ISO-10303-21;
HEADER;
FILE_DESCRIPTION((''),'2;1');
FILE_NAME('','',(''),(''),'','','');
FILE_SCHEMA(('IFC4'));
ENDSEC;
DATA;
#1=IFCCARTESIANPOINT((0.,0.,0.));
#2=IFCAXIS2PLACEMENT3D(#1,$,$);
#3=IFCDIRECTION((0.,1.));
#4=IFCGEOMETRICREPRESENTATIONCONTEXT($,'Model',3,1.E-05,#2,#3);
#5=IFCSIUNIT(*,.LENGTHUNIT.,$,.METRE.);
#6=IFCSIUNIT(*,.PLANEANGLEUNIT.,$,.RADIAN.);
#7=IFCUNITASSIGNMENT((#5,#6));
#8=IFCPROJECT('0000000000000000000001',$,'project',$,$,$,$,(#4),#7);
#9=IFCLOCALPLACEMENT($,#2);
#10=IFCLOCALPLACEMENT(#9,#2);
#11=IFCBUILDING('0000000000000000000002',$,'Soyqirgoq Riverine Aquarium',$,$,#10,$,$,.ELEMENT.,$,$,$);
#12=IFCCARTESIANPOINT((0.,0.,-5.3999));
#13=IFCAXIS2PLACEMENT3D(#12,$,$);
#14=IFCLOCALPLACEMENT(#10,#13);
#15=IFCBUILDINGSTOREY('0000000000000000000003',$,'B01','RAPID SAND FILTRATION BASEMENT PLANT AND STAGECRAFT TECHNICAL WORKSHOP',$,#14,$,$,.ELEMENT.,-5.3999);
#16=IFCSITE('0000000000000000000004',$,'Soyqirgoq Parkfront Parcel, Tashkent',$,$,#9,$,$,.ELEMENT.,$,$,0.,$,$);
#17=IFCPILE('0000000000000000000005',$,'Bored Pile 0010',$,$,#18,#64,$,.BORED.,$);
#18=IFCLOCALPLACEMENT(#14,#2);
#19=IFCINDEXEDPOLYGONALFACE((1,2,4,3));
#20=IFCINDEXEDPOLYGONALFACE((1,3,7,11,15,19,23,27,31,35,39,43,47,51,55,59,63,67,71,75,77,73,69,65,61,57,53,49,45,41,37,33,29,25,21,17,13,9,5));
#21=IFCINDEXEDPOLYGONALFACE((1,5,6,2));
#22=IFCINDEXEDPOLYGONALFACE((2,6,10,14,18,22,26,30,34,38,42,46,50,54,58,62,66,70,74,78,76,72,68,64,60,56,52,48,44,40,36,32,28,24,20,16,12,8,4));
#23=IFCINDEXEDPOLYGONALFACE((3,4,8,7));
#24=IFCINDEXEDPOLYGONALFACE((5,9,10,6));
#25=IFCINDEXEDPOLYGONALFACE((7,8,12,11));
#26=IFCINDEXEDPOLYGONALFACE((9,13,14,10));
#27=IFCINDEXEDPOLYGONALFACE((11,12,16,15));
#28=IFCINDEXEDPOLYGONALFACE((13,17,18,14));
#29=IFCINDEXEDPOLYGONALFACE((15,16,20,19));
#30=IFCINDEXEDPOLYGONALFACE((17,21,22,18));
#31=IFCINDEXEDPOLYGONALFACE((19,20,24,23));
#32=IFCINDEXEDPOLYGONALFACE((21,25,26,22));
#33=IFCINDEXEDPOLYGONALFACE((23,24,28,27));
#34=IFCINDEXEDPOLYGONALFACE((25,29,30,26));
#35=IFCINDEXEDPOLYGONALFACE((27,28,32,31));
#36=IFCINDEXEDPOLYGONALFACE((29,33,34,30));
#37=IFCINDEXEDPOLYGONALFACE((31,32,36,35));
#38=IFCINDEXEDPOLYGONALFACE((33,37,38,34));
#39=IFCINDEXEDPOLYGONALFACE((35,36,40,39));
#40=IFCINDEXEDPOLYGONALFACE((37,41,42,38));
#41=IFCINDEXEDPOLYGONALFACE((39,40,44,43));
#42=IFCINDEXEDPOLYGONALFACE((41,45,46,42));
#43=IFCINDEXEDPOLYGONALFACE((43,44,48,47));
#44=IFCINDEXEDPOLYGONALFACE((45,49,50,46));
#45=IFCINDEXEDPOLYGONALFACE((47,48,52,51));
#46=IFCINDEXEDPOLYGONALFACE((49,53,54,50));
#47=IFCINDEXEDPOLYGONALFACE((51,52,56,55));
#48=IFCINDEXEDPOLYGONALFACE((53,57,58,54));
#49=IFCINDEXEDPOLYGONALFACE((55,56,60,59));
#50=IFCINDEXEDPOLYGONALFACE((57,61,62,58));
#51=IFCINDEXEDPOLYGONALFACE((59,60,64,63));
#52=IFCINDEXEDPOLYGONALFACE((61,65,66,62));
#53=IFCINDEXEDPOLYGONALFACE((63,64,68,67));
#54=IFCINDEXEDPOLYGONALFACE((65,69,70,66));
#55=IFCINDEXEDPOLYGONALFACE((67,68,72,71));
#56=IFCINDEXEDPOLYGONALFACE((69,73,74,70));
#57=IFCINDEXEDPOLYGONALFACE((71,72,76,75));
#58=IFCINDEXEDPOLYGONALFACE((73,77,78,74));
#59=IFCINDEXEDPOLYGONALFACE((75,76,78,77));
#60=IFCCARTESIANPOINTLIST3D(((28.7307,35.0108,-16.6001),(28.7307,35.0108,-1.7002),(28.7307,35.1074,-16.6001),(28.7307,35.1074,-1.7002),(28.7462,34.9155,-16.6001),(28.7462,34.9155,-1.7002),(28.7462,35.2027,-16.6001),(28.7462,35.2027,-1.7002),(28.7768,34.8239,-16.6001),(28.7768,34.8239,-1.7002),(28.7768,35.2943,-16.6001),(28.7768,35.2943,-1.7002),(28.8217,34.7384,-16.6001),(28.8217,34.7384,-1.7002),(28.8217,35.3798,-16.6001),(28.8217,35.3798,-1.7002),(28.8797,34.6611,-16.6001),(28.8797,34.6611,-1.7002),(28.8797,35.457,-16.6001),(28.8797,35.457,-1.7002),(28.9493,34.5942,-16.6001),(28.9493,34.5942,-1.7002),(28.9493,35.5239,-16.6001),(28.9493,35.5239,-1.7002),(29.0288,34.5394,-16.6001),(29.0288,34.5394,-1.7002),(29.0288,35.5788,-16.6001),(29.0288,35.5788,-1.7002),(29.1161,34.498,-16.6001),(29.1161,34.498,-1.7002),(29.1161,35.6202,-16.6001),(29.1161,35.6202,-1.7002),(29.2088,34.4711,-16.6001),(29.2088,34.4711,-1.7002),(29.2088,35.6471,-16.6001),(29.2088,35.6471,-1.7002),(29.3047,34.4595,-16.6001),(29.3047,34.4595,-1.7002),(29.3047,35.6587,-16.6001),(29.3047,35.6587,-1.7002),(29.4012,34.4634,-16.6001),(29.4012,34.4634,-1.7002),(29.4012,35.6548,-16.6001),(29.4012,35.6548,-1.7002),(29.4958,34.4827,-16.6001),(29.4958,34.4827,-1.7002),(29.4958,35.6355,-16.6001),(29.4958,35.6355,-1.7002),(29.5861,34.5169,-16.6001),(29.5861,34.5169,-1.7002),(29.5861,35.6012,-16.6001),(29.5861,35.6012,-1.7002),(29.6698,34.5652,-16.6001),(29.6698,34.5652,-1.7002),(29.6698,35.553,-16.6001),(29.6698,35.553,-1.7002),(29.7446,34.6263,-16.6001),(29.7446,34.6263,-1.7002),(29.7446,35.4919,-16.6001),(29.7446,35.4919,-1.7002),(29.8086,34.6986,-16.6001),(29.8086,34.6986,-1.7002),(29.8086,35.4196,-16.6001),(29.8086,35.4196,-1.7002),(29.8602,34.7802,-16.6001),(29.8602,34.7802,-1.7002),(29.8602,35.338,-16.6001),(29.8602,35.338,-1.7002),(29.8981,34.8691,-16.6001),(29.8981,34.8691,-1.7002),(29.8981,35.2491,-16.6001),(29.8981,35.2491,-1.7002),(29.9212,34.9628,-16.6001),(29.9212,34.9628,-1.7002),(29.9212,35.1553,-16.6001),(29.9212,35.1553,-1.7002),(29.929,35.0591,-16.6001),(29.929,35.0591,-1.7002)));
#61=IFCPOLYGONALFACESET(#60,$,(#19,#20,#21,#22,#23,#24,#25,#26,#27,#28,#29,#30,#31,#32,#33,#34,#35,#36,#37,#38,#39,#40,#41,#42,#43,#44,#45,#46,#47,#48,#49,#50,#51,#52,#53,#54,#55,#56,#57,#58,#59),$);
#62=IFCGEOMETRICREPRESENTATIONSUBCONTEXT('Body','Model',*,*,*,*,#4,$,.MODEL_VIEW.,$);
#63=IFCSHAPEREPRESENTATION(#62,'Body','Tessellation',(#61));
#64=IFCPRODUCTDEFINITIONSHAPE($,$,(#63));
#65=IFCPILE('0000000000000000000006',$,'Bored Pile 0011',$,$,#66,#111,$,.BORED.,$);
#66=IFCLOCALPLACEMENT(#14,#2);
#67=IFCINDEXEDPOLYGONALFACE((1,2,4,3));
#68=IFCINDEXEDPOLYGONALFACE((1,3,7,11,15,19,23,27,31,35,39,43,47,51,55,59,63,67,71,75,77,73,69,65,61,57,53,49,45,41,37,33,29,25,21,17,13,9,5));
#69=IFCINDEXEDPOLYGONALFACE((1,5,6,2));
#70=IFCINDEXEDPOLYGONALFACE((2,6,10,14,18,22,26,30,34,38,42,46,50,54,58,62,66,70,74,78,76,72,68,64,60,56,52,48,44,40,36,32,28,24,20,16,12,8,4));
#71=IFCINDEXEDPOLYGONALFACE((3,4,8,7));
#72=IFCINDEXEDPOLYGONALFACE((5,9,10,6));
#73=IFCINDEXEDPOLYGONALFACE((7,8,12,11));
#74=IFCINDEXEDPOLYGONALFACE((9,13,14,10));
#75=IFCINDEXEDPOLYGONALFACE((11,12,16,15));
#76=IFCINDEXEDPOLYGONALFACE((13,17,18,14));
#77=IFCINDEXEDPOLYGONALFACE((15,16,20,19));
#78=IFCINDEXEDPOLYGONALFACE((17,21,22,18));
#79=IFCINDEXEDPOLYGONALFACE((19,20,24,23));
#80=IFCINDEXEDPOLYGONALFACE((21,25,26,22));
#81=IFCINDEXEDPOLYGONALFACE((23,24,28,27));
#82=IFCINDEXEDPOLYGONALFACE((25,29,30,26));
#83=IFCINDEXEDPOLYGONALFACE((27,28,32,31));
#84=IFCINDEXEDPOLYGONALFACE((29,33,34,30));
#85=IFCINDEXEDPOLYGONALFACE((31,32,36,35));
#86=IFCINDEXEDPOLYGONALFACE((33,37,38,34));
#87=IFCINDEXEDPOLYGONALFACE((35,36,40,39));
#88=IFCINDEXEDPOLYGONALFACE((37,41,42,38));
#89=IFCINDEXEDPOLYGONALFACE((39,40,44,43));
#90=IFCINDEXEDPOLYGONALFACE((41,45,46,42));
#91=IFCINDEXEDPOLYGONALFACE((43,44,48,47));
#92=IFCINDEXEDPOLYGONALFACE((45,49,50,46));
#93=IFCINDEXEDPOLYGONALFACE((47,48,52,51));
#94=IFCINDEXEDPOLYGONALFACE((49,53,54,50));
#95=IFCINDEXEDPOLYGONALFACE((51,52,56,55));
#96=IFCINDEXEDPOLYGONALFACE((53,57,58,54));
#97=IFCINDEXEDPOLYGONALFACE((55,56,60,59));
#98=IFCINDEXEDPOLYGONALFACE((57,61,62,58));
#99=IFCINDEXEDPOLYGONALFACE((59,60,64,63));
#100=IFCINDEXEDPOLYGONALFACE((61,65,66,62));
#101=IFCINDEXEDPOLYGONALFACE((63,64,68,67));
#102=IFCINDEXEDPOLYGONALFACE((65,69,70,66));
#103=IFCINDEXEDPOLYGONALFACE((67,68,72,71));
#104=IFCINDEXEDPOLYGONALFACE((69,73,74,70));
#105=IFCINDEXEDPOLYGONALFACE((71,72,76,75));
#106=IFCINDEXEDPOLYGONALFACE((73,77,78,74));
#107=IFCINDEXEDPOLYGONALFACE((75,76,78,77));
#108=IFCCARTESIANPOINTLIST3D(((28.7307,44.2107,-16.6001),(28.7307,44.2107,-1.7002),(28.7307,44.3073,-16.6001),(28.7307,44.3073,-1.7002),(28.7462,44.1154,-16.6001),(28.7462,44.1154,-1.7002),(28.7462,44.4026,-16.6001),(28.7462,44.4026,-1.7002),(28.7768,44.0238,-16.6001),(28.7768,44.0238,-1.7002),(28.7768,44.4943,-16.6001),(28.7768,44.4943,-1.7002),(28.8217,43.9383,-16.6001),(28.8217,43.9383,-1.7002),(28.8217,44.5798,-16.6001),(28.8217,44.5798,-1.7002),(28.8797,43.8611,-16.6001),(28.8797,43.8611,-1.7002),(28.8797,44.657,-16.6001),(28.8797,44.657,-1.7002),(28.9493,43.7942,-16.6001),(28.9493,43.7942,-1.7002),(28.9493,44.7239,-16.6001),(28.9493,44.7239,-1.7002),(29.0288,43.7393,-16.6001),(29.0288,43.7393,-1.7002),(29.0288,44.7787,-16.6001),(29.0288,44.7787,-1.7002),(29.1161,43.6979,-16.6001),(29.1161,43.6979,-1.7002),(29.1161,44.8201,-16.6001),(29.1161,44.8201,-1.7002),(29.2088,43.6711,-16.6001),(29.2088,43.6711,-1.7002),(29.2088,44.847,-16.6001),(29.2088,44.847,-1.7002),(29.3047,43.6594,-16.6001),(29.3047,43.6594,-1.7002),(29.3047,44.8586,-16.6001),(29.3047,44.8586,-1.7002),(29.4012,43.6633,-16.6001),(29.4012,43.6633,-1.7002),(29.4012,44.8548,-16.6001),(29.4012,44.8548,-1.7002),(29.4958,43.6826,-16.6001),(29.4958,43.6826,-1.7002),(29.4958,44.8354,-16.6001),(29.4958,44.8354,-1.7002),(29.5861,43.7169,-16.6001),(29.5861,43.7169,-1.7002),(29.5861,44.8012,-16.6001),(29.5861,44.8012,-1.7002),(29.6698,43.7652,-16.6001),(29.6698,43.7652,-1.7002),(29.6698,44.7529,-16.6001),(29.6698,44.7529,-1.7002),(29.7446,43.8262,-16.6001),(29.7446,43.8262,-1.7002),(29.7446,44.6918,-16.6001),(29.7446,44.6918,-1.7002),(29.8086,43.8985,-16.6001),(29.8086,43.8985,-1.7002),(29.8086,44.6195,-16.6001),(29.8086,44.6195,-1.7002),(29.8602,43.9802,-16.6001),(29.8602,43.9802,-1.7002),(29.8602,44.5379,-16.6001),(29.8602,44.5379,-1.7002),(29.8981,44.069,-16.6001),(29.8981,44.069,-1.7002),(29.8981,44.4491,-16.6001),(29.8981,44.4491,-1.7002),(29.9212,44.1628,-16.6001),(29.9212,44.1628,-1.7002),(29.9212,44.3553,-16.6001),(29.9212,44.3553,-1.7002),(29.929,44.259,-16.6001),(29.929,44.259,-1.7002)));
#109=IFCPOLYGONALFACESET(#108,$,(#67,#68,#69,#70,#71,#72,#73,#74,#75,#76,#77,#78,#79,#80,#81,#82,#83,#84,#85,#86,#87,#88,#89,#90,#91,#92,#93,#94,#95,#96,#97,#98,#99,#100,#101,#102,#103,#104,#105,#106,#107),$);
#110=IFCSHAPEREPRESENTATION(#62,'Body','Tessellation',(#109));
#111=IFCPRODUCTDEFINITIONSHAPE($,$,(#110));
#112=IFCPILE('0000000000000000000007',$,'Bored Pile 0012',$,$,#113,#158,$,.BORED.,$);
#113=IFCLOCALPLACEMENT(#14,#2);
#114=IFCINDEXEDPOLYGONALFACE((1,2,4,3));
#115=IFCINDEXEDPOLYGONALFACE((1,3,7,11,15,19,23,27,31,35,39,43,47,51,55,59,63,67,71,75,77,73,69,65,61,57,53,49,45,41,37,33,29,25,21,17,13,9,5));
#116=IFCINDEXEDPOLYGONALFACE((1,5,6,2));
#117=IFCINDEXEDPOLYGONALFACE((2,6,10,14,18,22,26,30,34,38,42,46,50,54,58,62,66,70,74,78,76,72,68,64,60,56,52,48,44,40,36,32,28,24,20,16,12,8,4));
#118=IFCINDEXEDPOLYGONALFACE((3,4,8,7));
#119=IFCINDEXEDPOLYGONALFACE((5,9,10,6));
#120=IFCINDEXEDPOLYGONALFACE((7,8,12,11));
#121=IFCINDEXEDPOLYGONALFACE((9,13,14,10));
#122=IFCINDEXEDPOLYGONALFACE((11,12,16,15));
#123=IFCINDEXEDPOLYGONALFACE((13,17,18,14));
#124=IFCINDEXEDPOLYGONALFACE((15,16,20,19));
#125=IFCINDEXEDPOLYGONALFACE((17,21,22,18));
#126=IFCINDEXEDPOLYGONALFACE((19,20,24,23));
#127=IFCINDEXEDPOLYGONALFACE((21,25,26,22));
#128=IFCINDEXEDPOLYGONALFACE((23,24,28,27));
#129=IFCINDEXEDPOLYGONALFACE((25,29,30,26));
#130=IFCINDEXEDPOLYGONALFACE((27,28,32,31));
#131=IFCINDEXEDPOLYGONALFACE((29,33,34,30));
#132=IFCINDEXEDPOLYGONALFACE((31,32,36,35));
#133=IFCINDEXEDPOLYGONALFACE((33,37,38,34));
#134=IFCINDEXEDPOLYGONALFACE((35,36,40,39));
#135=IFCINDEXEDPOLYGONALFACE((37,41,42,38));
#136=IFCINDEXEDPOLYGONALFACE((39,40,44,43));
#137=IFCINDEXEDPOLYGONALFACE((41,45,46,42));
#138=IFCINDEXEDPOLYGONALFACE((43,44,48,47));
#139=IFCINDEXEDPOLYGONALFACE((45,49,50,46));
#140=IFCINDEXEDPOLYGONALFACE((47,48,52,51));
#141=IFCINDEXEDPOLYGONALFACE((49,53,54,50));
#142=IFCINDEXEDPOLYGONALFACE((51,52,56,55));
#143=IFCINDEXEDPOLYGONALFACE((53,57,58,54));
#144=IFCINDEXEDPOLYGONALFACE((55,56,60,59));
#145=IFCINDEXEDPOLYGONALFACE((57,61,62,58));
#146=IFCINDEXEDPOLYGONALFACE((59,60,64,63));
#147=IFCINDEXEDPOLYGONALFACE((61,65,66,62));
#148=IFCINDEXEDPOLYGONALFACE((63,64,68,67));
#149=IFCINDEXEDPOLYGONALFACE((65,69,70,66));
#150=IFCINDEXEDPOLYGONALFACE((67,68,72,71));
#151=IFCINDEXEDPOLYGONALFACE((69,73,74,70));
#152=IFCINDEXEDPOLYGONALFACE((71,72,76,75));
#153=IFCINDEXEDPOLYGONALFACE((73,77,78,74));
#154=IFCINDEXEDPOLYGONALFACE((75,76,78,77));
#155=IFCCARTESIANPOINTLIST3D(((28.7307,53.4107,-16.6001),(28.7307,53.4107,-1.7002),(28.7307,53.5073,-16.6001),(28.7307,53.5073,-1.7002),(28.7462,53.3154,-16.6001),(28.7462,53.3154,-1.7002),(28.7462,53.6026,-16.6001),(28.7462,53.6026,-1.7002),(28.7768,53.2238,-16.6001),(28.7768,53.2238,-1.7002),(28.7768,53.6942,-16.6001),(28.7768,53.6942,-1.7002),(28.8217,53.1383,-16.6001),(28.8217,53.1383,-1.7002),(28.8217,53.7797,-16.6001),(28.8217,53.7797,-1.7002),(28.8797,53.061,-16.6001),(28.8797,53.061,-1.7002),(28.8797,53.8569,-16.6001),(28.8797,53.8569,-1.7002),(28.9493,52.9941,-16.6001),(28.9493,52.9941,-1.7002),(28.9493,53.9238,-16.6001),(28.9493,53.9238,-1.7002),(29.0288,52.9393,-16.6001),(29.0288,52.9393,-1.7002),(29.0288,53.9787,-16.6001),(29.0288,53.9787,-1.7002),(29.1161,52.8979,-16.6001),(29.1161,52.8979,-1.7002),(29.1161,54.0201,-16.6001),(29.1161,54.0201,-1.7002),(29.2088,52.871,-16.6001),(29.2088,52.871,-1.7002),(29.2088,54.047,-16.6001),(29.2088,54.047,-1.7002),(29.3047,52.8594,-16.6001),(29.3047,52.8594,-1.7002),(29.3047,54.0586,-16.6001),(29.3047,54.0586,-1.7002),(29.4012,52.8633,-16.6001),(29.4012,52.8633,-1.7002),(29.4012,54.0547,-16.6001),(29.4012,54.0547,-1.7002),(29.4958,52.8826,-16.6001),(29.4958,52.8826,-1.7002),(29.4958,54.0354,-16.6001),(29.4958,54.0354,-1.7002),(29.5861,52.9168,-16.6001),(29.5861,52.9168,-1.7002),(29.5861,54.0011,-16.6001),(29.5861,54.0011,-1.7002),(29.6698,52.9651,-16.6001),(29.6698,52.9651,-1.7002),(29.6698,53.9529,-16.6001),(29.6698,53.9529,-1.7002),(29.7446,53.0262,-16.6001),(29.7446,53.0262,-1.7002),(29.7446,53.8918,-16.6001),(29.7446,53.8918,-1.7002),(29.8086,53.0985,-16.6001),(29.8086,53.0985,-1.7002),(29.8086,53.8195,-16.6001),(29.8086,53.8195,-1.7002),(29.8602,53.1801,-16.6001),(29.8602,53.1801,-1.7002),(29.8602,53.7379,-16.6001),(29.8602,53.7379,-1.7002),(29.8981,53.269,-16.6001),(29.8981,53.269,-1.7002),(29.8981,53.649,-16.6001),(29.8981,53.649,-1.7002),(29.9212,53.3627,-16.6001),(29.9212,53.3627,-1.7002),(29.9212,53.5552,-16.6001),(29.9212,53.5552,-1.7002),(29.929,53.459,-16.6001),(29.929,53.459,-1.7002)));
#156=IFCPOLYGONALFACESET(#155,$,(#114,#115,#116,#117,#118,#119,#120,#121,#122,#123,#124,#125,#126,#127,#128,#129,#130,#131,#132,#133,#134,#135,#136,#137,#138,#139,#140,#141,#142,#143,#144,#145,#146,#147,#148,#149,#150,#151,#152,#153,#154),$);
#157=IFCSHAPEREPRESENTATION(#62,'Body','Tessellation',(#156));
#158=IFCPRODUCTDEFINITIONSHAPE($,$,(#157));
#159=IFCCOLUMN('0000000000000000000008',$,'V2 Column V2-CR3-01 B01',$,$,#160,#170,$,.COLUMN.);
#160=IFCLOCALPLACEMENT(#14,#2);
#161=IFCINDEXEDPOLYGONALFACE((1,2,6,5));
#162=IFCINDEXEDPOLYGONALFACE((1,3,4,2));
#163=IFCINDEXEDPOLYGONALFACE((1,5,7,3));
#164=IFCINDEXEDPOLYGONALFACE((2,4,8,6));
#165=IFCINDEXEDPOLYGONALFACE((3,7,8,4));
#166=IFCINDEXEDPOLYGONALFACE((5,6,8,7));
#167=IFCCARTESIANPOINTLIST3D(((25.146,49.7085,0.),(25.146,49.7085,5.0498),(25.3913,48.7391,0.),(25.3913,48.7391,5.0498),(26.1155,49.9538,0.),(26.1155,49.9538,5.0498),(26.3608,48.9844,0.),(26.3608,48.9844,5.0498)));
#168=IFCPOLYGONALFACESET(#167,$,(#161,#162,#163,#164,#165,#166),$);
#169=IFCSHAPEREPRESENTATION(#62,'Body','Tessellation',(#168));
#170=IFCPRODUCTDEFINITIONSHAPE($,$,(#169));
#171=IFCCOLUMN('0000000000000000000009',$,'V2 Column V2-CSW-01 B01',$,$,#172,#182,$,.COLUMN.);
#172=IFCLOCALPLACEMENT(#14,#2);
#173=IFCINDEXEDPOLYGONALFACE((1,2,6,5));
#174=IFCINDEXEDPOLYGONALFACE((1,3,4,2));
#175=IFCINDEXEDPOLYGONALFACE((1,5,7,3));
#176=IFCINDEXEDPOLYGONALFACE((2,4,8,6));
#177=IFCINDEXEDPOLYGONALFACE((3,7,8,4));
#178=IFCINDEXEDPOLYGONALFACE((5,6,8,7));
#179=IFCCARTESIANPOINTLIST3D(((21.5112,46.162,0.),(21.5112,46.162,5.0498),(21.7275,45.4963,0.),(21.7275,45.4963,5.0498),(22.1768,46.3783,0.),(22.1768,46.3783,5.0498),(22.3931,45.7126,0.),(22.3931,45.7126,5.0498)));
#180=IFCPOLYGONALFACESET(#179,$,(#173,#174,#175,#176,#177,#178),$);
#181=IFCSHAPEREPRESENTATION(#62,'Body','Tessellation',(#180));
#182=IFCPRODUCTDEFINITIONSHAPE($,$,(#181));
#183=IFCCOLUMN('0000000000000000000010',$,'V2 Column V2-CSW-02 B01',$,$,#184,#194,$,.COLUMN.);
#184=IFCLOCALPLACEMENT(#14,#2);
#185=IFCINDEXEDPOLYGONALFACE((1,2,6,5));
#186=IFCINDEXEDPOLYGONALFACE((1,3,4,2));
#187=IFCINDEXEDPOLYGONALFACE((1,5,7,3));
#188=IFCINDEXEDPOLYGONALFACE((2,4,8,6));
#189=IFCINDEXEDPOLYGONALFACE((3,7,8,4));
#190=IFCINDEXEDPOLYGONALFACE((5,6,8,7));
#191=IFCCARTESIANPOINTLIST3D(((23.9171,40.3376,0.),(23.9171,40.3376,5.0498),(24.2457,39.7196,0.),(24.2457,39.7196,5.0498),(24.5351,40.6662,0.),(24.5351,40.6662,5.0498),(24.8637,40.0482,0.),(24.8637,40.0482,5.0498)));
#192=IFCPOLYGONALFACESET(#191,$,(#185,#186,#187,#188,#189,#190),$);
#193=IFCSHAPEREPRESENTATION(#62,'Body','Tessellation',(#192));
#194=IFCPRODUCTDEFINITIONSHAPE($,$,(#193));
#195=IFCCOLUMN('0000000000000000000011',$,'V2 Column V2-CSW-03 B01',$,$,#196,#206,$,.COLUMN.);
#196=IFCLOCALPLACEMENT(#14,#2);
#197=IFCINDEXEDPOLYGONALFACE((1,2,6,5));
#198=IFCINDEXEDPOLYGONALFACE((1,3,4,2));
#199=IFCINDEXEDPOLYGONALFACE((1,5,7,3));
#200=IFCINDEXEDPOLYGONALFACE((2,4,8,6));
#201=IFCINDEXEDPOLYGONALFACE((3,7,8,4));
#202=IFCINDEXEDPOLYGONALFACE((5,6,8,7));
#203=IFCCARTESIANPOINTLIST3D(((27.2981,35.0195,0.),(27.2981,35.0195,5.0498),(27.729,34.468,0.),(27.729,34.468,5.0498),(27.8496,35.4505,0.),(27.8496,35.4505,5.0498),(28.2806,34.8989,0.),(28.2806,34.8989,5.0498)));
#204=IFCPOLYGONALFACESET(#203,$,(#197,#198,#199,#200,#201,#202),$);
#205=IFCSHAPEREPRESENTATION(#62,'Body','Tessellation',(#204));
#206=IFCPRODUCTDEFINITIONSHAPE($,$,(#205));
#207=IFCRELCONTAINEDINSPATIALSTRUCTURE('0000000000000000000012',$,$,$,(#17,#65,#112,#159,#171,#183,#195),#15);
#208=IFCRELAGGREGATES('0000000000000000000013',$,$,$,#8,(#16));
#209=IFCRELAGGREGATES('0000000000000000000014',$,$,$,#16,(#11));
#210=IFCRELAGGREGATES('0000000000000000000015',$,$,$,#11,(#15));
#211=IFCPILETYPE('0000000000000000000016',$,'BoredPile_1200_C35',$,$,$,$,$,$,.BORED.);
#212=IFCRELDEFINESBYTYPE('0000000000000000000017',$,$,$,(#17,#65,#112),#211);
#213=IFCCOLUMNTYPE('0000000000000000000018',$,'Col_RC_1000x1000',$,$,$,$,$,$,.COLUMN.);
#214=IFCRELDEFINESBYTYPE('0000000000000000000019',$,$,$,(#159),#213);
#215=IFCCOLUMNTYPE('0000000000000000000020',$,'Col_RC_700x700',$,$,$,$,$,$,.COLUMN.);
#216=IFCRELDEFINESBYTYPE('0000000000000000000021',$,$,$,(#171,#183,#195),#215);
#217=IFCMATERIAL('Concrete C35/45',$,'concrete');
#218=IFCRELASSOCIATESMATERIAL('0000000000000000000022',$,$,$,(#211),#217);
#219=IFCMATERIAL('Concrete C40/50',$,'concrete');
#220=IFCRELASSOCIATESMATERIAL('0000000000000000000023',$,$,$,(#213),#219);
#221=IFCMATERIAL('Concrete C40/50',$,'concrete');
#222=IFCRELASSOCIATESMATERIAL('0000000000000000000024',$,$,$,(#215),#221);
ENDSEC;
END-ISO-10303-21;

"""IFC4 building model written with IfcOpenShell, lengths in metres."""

from ifc_helpers import new_model, si_unit, direction, frame, origin, origin_2d, place, context, subcontext, project, spatial, rectangle, circle, extrude, material, material_profile, profile_set, type_object, element, save


model = new_model("IFC4")

# Units and contexts
model_context = context("Model", 3, precision=1e-05, world=origin(), true_north=direction((0.0, 1.0)))
body_context = subcontext(model_context, "Body", "Model", "MODEL_VIEW")
ifc_project = project(units=[si_unit("LENGTHUNIT", "METRE"), si_unit("PLANEANGLEUNIT", "RADIAN")], contexts=[model_context])

# Site, building, storey
site_placement = place(None, origin())
site = spatial("IfcSite", under=ifc_project, at=site_placement, Name="Soyqirgoq Parkfront Parcel, Tashkent", CompositionType="ELEMENT", RefElevation=0.0)
building_placement = place(site_placement, origin())
building = spatial("IfcBuilding", under=site, at=building_placement, Name="Soyqirgoq Riverine Aquarium", CompositionType="ELEMENT")
storey_placement = place(building_placement, frame((0.0, 0.0, -5.3999)))
storey = spatial("IfcBuildingStorey", under=building, at=storey_placement, Name="B01", Description="RAPID SAND FILTRATION BASEMENT PLANT AND STAGECRAFT TECHNICAL WORKSHOP", CompositionType="ELEMENT", Elevation=-5.3999)

# Piles
ifc_material_1 = material(Name="Concrete C35/45", Category="concrete")
ifc_material_profile_1 = material_profile(ifc_material_1, circle(Radius=0.6001, at=origin_2d()), Name="BP D1200")
ifc_profile_set_1 = profile_set([ifc_material_profile_1], Name="Concrete C35/45")
pile_type = type_object("IfcPileType", Name="BoredPile_1200_C35", PredefinedType="BORED", material=ifc_profile_set_1)
for number, where, z_axis, x_axis, name in (
    (1, (29.3289, 35.0591, -1.7002), (0.0, 0.0, -1.0), (1.0, 0.0, 0.0), "Bored Pile 0010"),
    (2, (29.3289, 44.259, -1.7002), (0.0, 0.0, -1.0), (1.0, 0.0, 0.0), "Bored Pile 0011"),
    (3, (29.3289, 53.459, -1.7002), (0.0, 0.0, -1.0), (1.0, 0.0, 0.0), "Bored Pile 0012"),
):
    element("IfcPile", number, at=place(storey_placement, frame(where, z_axis=z_axis, x_axis=x_axis)), inside=storey, type_object=pile_type, Name=name, PredefinedType="BORED", context=body_context, shape_type="SweptSolid", body=[
        extrude(circle(Radius=0.6001, at=origin_2d()), origin(), (0.0, 0.0, 1.0), 14.8999),
    ])

# Columns
ifc_material_2 = material(Name="Concrete C40/50", Category="concrete")
ifc_material_profile_2 = material_profile(ifc_material_2, rectangle(XDim=1.0, YDim=1.0, at=origin_2d()), Name="RC 1000x1000")
ifc_profile_set_2 = profile_set([ifc_material_profile_2], Name="Concrete C40/50")
column_type_1 = type_object("IfcColumnType", Name="Col_RC_1000x1000", PredefinedType="COLUMN", material=ifc_profile_set_2)
column_1_placement = place(storey_placement, frame((25.7534, 49.3464, 0.0), z_axis=(0.0, 0.0, 1.0), x_axis=(-0.969445, -0.245307, 0.0)))
element("IfcColumn", 4, at=column_1_placement, inside=storey, type_object=column_type_1, Name="V2 Column V2-CR3-01 B01", PredefinedType="COLUMN", context=body_context, shape_type="SweptSolid", body=[
    extrude(rectangle(XDim=1.0, YDim=1.0, at=origin_2d()), origin(), (0.0, 0.0, 1.0), 5.0498),
])
ifc_material_3 = material(Name="Concrete C40/50", Category="concrete")
ifc_material_profile_3 = material_profile(ifc_material_3, rectangle(XDim=0.7, YDim=0.7, at=origin_2d()), Name="RC 700x700")
ifc_profile_set_3 = profile_set([ifc_material_profile_3], Name="Concrete C40/50")
column_type_2 = type_object("IfcColumnType", Name="Col_RC_700x700", PredefinedType="COLUMN", material=ifc_profile_set_3)
for number, where, z_axis, x_axis, name in (
    (5, (21.9521, 45.9373, 0.0), (0.0, 0.0, 1.0), (-0.951057, -0.309017, 0.0), "V2 Column V2-CSW-01 B01"),
    (6, (24.3904, 40.1929, 0.0), (0.0, 0.0, 1.0), (-0.882948, -0.469472, 0.0), "V2 Column V2-CSW-02 B01"),
    (7, (27.7893, 34.9592, 0.0), (0.0, 0.0, 1.0), (-0.788011, -0.615661, 0.0), "V2 Column V2-CSW-03 B01"),
):
    element("IfcColumn", number, at=place(storey_placement, frame(where, z_axis=z_axis, x_axis=x_axis)), inside=storey, type_object=column_type_2, Name=name, PredefinedType="COLUMN", context=body_context, shape_type="SweptSolid", body=[
        extrude(rectangle(XDim=0.7, YDim=0.7, at=origin_2d()), origin(), (0.0, 0.0, 1.0), 5.0498),
    ])

save(model, "model.ifc")
